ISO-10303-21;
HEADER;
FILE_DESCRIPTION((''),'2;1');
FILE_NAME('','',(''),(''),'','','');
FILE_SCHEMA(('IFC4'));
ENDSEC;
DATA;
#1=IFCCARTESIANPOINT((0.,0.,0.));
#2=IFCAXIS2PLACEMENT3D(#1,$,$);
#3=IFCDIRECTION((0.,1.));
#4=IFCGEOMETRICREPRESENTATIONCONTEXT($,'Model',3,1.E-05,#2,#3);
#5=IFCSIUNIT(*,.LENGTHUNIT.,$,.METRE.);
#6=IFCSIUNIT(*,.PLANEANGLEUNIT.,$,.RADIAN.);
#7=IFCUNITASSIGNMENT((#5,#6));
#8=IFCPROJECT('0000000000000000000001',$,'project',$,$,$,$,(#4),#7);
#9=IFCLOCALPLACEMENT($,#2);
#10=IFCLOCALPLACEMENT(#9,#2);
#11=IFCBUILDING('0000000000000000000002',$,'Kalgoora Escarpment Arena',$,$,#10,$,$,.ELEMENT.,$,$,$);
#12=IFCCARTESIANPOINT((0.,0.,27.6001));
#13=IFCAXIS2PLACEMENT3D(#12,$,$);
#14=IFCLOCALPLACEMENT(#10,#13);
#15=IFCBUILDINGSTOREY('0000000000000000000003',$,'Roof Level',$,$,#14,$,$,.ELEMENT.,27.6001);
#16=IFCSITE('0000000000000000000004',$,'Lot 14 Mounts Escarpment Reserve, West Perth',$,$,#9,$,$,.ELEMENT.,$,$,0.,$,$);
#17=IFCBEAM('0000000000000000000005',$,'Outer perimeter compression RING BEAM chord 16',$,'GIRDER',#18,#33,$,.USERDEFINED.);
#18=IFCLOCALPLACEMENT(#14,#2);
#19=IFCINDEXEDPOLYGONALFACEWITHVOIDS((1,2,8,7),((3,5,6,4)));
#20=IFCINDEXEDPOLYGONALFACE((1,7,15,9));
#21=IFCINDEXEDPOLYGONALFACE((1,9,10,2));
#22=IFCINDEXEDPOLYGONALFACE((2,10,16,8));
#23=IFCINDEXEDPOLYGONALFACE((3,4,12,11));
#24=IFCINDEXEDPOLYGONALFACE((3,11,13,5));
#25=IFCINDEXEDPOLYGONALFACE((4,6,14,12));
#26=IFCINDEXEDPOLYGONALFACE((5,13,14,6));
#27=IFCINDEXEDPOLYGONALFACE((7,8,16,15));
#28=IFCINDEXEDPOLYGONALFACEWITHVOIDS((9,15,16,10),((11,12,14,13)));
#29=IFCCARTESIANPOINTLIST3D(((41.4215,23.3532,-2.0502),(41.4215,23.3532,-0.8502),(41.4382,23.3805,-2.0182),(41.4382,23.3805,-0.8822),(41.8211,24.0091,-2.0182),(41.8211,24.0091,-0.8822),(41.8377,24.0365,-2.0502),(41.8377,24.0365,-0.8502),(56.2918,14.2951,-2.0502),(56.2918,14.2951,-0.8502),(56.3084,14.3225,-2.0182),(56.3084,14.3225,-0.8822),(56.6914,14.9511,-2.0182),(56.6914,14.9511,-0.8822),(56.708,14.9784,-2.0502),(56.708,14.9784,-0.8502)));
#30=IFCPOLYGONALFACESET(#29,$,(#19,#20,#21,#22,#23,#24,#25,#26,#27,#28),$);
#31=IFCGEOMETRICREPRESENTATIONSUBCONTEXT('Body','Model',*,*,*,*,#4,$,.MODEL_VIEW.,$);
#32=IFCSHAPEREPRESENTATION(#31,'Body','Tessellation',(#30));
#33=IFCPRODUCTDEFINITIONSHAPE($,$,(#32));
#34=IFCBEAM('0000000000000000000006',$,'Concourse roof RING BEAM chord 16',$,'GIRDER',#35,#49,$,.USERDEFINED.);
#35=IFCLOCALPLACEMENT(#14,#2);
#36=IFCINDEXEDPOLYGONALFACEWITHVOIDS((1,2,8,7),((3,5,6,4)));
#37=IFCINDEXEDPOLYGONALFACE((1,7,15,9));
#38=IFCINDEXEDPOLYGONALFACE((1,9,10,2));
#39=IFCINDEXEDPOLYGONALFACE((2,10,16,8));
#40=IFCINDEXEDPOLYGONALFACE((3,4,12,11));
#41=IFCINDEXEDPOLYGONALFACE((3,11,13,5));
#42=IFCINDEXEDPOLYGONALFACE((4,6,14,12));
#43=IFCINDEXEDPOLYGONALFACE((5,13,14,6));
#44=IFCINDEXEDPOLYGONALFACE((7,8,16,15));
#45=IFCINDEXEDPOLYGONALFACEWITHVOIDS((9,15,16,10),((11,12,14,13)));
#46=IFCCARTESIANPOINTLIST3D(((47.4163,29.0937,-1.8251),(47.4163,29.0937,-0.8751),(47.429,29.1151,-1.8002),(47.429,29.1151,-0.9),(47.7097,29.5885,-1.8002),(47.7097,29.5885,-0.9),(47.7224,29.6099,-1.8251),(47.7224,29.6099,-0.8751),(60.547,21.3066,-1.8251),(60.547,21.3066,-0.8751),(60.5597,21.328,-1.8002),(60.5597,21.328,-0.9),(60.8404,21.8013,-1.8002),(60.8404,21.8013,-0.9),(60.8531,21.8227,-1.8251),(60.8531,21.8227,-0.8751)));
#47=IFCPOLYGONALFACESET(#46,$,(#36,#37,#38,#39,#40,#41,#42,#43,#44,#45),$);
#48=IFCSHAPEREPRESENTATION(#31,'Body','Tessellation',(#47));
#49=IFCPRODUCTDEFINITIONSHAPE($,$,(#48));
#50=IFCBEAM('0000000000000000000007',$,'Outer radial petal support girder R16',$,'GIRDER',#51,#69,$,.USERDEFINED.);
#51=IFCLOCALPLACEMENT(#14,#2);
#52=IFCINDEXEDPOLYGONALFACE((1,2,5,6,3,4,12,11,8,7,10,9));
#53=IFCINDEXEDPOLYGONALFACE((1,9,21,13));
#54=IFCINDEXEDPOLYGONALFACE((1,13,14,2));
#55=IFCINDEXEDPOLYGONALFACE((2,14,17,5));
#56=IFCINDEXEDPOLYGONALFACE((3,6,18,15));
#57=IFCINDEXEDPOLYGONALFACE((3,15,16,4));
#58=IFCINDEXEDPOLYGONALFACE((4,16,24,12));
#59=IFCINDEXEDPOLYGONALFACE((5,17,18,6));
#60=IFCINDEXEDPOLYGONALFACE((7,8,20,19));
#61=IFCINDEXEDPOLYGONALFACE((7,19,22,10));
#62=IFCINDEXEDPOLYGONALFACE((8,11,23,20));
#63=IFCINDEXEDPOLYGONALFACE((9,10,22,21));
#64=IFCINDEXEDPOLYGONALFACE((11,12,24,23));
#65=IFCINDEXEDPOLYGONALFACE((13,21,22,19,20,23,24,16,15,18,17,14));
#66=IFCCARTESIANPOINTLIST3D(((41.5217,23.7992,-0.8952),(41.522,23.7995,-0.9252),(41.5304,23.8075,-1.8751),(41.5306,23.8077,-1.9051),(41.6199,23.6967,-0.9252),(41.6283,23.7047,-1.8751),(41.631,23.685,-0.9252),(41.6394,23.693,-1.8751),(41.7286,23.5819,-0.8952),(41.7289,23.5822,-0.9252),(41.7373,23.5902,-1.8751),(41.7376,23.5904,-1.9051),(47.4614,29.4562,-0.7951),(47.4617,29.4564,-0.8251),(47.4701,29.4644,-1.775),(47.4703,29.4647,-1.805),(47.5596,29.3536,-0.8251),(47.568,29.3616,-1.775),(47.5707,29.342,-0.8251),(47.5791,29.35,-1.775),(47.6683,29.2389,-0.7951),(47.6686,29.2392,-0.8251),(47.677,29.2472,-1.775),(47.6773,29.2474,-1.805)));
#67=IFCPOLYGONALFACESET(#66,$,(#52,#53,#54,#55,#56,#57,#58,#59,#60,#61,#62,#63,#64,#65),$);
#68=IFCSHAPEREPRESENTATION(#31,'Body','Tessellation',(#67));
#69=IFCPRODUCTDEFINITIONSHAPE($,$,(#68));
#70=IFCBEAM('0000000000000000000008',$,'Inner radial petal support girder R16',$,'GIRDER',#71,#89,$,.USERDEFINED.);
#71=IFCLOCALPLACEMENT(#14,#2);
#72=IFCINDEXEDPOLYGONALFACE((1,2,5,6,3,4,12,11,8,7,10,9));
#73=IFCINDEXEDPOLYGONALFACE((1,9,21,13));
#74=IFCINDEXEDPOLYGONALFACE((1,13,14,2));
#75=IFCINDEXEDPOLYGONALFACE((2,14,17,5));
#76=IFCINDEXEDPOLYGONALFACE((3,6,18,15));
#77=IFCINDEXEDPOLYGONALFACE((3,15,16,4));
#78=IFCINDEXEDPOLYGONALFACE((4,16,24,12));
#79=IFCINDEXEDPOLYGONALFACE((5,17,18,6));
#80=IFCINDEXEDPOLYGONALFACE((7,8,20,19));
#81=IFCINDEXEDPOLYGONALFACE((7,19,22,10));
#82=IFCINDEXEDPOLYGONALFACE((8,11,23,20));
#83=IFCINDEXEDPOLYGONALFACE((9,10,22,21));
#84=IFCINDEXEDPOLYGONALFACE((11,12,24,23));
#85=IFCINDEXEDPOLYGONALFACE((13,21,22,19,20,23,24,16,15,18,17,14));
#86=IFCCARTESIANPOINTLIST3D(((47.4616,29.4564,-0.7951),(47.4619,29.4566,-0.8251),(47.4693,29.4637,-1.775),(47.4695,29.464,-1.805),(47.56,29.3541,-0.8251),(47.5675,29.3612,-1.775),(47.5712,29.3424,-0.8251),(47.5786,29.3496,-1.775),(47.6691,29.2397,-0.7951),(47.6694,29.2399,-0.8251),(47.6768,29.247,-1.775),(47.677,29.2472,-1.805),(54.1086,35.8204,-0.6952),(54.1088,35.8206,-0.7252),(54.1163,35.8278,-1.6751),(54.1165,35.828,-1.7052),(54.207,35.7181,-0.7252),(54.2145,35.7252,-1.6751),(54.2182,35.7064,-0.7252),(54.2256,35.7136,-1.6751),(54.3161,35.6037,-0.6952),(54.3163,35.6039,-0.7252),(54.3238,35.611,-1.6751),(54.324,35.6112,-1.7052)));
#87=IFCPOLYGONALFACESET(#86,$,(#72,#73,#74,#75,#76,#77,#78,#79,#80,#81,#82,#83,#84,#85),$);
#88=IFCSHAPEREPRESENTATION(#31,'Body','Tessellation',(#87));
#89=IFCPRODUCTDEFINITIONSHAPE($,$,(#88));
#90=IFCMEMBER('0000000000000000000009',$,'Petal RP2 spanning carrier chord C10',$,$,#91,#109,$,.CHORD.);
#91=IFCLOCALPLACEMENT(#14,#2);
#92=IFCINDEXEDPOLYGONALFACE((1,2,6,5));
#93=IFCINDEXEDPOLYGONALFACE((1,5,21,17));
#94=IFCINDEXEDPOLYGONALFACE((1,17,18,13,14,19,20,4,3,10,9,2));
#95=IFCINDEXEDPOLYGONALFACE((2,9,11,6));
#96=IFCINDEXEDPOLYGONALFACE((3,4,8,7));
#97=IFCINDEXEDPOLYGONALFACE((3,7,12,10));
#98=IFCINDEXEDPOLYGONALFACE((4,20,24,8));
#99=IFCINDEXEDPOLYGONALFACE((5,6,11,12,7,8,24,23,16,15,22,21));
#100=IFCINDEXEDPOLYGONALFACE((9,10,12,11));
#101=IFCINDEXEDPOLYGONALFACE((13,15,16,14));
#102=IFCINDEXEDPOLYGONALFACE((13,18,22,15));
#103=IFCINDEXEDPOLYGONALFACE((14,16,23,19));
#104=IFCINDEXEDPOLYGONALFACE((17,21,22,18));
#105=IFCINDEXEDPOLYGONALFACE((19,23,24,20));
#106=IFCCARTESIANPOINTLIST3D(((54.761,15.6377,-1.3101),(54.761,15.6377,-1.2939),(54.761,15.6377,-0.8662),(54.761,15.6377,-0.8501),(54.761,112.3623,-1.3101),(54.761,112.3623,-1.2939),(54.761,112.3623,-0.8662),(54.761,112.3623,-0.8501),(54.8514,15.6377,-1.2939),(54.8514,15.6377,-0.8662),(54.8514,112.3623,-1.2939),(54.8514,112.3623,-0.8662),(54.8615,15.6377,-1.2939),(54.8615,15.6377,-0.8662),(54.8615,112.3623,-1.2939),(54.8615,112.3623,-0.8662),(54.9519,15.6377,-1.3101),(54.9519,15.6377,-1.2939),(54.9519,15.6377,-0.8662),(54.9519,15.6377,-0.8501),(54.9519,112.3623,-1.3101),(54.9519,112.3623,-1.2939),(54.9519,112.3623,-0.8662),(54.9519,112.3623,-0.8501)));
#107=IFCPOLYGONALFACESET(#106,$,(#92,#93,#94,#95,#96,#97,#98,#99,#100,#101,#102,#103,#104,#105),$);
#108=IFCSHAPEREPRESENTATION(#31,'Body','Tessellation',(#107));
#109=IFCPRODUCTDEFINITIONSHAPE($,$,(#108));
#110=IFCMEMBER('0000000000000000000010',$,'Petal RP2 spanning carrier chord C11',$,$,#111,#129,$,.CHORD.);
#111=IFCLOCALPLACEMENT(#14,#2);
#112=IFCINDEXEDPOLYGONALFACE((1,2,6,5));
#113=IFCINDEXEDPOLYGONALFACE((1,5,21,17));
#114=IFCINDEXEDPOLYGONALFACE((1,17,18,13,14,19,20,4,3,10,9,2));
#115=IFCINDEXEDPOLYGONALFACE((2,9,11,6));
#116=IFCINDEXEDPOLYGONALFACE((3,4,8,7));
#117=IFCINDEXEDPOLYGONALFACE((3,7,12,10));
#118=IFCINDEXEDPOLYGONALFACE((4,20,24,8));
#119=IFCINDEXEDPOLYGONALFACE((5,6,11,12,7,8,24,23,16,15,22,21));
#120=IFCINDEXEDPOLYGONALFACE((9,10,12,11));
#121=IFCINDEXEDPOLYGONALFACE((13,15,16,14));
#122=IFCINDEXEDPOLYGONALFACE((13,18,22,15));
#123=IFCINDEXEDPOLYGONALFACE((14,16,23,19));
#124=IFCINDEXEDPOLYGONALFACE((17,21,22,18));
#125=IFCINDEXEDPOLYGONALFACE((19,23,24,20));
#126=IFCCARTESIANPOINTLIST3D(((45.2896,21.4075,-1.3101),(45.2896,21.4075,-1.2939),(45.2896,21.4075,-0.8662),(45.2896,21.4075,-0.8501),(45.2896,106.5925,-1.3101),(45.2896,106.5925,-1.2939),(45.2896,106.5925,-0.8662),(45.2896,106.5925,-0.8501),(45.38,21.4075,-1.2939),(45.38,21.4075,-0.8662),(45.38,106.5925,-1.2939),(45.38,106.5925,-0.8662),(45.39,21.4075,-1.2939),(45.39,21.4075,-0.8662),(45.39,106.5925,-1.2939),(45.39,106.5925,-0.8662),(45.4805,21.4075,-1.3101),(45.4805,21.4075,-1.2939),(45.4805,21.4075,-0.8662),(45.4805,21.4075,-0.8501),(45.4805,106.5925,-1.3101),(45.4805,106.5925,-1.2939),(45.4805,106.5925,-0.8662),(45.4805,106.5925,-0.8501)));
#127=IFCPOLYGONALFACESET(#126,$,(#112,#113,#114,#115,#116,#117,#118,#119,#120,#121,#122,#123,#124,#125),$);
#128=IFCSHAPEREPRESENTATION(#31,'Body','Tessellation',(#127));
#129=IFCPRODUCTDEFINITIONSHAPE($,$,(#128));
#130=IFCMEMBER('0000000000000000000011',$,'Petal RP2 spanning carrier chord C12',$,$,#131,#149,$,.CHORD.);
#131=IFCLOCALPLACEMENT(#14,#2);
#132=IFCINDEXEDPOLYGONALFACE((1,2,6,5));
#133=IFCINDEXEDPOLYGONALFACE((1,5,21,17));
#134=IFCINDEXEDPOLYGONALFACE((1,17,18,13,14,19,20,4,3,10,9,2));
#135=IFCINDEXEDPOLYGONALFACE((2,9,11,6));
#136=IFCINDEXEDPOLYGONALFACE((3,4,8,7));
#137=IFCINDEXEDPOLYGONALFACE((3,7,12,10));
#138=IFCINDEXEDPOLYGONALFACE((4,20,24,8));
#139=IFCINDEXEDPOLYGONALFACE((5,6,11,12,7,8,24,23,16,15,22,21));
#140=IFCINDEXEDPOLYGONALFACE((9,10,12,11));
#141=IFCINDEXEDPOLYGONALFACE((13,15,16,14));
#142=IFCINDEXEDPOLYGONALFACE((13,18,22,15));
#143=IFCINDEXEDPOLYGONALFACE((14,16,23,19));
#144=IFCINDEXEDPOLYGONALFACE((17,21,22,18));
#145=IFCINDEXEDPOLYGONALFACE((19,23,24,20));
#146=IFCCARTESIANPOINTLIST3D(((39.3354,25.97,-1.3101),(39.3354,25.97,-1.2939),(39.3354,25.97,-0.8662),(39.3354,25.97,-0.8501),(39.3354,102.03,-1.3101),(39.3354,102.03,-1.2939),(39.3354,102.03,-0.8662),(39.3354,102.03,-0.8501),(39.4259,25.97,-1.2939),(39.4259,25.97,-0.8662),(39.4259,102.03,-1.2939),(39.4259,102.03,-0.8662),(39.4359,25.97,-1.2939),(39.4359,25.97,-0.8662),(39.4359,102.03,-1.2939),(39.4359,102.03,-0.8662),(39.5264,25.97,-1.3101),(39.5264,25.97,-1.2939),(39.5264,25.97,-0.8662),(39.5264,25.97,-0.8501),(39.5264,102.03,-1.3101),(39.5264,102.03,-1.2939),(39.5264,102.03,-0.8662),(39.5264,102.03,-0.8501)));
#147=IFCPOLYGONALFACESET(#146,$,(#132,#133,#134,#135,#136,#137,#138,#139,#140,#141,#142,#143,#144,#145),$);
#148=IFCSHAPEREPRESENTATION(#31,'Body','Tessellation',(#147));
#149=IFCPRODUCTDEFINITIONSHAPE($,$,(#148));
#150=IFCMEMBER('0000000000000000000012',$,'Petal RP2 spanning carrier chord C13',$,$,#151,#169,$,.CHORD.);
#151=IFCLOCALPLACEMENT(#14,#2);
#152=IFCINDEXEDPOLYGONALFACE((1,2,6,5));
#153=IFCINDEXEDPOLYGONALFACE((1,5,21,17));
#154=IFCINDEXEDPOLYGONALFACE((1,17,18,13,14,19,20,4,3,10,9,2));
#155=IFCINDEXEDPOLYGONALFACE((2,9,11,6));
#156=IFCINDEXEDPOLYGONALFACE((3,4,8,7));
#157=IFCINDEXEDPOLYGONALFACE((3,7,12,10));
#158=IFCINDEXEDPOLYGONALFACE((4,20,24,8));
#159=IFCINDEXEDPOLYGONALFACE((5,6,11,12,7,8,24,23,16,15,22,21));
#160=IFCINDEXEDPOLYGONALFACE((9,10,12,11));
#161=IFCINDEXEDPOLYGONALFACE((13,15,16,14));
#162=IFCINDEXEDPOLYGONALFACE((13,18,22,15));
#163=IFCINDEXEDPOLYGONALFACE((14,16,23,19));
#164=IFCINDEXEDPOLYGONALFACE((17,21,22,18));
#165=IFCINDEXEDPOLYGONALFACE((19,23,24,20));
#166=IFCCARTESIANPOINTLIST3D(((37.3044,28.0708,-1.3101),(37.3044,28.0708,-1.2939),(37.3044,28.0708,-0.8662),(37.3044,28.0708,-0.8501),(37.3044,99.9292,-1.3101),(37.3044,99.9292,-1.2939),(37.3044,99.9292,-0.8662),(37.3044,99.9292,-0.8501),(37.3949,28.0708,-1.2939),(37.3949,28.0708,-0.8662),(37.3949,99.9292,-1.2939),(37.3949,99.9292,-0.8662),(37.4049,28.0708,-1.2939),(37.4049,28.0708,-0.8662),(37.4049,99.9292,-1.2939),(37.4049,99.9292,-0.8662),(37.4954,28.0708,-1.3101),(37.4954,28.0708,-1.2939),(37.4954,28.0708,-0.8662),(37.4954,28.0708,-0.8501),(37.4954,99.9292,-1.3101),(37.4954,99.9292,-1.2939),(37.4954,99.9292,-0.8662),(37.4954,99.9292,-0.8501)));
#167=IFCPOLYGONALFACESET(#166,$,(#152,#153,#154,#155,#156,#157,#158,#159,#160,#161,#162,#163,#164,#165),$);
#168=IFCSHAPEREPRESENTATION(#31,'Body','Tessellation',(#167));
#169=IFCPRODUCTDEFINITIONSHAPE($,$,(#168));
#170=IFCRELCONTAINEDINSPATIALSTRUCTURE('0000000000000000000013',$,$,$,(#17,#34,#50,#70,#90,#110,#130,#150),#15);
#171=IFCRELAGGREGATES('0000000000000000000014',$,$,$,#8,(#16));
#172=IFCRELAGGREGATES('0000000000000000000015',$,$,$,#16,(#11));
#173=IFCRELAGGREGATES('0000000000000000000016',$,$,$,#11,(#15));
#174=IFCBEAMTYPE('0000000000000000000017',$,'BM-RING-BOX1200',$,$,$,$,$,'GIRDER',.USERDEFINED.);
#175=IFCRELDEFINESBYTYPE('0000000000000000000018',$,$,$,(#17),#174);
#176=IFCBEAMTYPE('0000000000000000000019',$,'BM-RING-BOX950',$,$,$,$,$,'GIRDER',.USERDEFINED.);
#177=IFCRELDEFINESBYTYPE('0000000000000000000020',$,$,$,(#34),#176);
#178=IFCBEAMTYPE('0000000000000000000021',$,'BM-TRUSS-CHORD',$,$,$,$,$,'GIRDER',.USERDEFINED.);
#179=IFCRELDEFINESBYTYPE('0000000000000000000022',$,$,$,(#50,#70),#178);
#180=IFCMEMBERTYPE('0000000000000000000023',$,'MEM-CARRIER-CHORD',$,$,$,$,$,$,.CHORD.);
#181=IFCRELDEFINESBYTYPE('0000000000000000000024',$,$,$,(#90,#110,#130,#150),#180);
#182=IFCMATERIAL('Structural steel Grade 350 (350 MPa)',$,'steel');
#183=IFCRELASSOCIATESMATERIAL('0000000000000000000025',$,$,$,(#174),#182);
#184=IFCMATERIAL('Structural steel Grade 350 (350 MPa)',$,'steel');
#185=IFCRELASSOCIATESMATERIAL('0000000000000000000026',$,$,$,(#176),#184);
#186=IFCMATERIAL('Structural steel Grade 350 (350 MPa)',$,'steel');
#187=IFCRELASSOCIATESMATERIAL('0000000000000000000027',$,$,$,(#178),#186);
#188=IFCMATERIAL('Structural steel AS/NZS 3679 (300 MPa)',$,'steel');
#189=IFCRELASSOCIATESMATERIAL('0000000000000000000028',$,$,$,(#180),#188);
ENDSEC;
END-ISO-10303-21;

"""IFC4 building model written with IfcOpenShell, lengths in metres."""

from ifc_helpers import new_model, si_unit, direction, frame, origin, origin_2d, place, context, subcontext, project, spatial, hollow_rectangle, i_section, extrude, material, material_profile, profile_set, type_object, element, save


model = new_model("IFC4")

# Units and contexts
model_context = context("Model", 3, precision=1e-05, world=origin(), true_north=direction((0.0, 1.0)))
body_context = subcontext(model_context, "Body", "Model", "MODEL_VIEW")
ifc_project = project(units=[si_unit("LENGTHUNIT", "METRE"), si_unit("PLANEANGLEUNIT", "RADIAN")], contexts=[model_context])

# Site, building, storey
site_placement = place(None, origin())
site = spatial("IfcSite", under=ifc_project, at=site_placement, Name="Lot 14 Mounts Escarpment Reserve, West Perth", CompositionType="ELEMENT", RefElevation=0.0)
building_placement = place(site_placement, origin())
building = spatial("IfcBuilding", under=site, at=building_placement, Name="Kalgoora Escarpment Arena", CompositionType="ELEMENT")
storey_placement = place(building_placement, frame((0.0, 0.0, 27.6001)))
storey = spatial("IfcBuildingStorey", under=building, at=storey_placement, Name="Roof Level", CompositionType="ELEMENT", Elevation=27.6001)

# Beams
ifc_material_1 = material(Name="Structural steel Grade 350 (350 MPa)", Category="steel")
ifc_material_profile_1 = material_profile(ifc_material_1, hollow_rectangle(XDim=0.8, YDim=1.2, WallThickness=0.032, at=origin_2d()))
ifc_profile_set_1 = profile_set([ifc_material_profile_1], Name="Structural steel Grade 350 (350 MPa)")
beam_type_1 = type_object("IfcBeamType", Name="BM-RING-BOX1200", ElementType="GIRDER", PredefinedType="USERDEFINED", material=ifc_profile_set_1)
beam_1_placement = place(storey_placement, frame((41.6296, 23.6948, -1.4502), z_axis=(0.854031, -0.520223, 0.0), x_axis=(0.520223, 0.854031, 0.0)))
element("IfcBeam", 1, at=beam_1_placement, inside=storey, type_object=beam_type_1, Name="Outer perimeter compression RING BEAM chord 16", ObjectType="GIRDER", PredefinedType="USERDEFINED", context=body_context, shape_type="SweptSolid", body=[
    extrude(hollow_rectangle(XDim=0.8, YDim=1.2, WallThickness=0.032, at=origin_2d()), origin(), (0.0, 0.0, 1.0), 17.4119),
])
ifc_material_2 = material(Name="Structural steel Grade 350 (350 MPa)", Category="steel")
ifc_material_profile_2 = material_profile(ifc_material_2, hollow_rectangle(XDim=0.6001, YDim=0.95, WallThickness=0.0249, at=origin_2d()))
ifc_profile_set_2 = profile_set([ifc_material_profile_2], Name="Structural steel Grade 350 (350 MPa)")
beam_type_2 = type_object("IfcBeamType", Name="BM-RING-BOX950", ElementType="GIRDER", PredefinedType="USERDEFINED", material=ifc_profile_set_2)
beam_2_placement = place(storey_placement, frame((47.5693, 29.3518, -1.3501), z_axis=(0.860119, -0.510093, 0.0), x_axis=(0.510093, 0.860119, 0.0)))
element("IfcBeam", 2, at=beam_2_placement, inside=storey, type_object=beam_type_2, Name="Concourse roof RING BEAM chord 16", ObjectType="GIRDER", PredefinedType="USERDEFINED", context=body_context, shape_type="SweptSolid", body=[
    extrude(hollow_rectangle(XDim=0.6001, YDim=0.95, WallThickness=0.0249, at=origin_2d()), origin(), (0.0, 0.0, 1.0), 15.2661),
])
ifc_material_3 = material(Name="Structural steel Grade 350 (350 MPa)", Category="steel")
ifc_material_profile_3 = material_profile(ifc_material_3, i_section(OverallWidth=0.3, OverallDepth=1.01, WebThickness=0.0161, FlangeThickness=0.03, at=origin_2d()))
ifc_profile_set_3 = profile_set([ifc_material_profile_3], Name="Structural steel Grade 350 (350 MPa)")
beam_type_3 = type_object("IfcBeamType", Name="BM-TRUSS-CHORD", ElementType="GIRDER", PredefinedType="USERDEFINED", material=ifc_profile_set_3)
beam_3_placement = place(storey_placement, frame((41.6296, 23.6948, -1.4001), z_axis=(0.724076, 0.689612, 0.012202), x_axis=(-0.689663, 0.72413, 0.0)))
element("IfcBeam", 3, at=beam_3_placement, inside=storey, type_object=beam_type_3, Name="Outer radial petal support girder R16", ObjectType="GIRDER", PredefinedType="USERDEFINED", context=body_context, shape_type="SweptSolid", body=[
    extrude(i_section(OverallWidth=0.3, OverallDepth=1.01, WebThickness=0.0161, FlangeThickness=0.03, at=origin_2d()), origin(), (0.0, 0.0, 1.0), 8.2031),
])
beam_4_placement = place(storey_placement, frame((47.5693, 29.3518, -1.3), z_axis=(0.722271, 0.691525, 0.01085), x_axis=(-0.691565, 0.722314, 0.0)))
element("IfcBeam", 4, at=beam_4_placement, inside=storey, type_object=beam_type_3, Name="Inner radial petal support girder R16", ObjectType="GIRDER", PredefinedType="USERDEFINED", context=body_context, shape_type="SweptSolid", body=[
    extrude(i_section(OverallWidth=0.3, OverallDepth=1.01, WebThickness=0.0161, FlangeThickness=0.03, at=origin_2d()), origin(), (0.0, 0.0, 1.0), 9.2029),
])

# Members
ifc_material_4 = material(Name="Structural steel AS/NZS 3679 (300 MPa)", Category="steel")
ifc_material_profile_4 = material_profile(ifc_material_4, i_section(OverallWidth=0.1909, OverallDepth=0.46, WebThickness=0.01, FlangeThickness=0.0161, at=origin_2d()))
ifc_profile_set_4 = profile_set([ifc_material_profile_4], Name="Structural steel AS/NZS 3679 (300 MPa)")
member_type_1 = type_object("IfcMemberType", Name="MEM-CARRIER-CHORD", PredefinedType="CHORD", material=ifc_profile_set_4)
member_1_placement = place(storey_placement, frame((54.8564, 15.6377, -1.0801), z_axis=(0.0, 1.0, 0.0), x_axis=(-1.0, 0.0, 0.0)))
element("IfcMember", 5, at=member_1_placement, inside=storey, type_object=member_type_1, Name="Petal RP2 spanning carrier chord C10", PredefinedType="CHORD", context=body_context, shape_type="SweptSolid", body=[
    extrude(i_section(OverallWidth=0.1909, OverallDepth=0.46, WebThickness=0.01, FlangeThickness=0.0161, at=origin_2d()), origin(), (0.0, 0.0, 1.0), 96.7246),
])
member_2_placement = place(storey_placement, frame((45.385, 21.4075, -1.0801), z_axis=(0.0, 1.0, 0.0), x_axis=(-1.0, 0.0, 0.0)))
element("IfcMember", 6, at=member_2_placement, inside=storey, type_object=member_type_1, Name="Petal RP2 spanning carrier chord C11", PredefinedType="CHORD", context=body_context, shape_type="SweptSolid", body=[
    extrude(i_section(OverallWidth=0.1909, OverallDepth=0.46, WebThickness=0.01, FlangeThickness=0.0161, at=origin_2d()), origin(), (0.0, 0.0, 1.0), 85.1851),
])
member_3_placement = place(storey_placement, frame((39.4309, 25.97, -1.0801), z_axis=(0.0, 1.0, 0.0), x_axis=(-1.0, 0.0, 0.0)))
element("IfcMember", 7, at=member_3_placement, inside=storey, type_object=member_type_1, Name="Petal RP2 spanning carrier chord C12", PredefinedType="CHORD", context=body_context, shape_type="SweptSolid", body=[
    extrude(i_section(OverallWidth=0.1909, OverallDepth=0.46, WebThickness=0.01, FlangeThickness=0.0161, at=origin_2d()), origin(), (0.0, 0.0, 1.0), 76.0601),
])
member_4_placement = place(storey_placement, frame((37.3999, 28.0708, -1.0801), z_axis=(0.0, 1.0, 0.0), x_axis=(-1.0, 0.0, 0.0)))
element("IfcMember", 8, at=member_4_placement, inside=storey, type_object=member_type_1, Name="Petal RP2 spanning carrier chord C13", PredefinedType="CHORD", context=body_context, shape_type="SweptSolid", body=[
    extrude(i_section(OverallWidth=0.1909, OverallDepth=0.46, WebThickness=0.01, FlangeThickness=0.0161, at=origin_2d()), origin(), (0.0, 0.0, 1.0), 71.8584),
])

save(model, "model.ifc")
